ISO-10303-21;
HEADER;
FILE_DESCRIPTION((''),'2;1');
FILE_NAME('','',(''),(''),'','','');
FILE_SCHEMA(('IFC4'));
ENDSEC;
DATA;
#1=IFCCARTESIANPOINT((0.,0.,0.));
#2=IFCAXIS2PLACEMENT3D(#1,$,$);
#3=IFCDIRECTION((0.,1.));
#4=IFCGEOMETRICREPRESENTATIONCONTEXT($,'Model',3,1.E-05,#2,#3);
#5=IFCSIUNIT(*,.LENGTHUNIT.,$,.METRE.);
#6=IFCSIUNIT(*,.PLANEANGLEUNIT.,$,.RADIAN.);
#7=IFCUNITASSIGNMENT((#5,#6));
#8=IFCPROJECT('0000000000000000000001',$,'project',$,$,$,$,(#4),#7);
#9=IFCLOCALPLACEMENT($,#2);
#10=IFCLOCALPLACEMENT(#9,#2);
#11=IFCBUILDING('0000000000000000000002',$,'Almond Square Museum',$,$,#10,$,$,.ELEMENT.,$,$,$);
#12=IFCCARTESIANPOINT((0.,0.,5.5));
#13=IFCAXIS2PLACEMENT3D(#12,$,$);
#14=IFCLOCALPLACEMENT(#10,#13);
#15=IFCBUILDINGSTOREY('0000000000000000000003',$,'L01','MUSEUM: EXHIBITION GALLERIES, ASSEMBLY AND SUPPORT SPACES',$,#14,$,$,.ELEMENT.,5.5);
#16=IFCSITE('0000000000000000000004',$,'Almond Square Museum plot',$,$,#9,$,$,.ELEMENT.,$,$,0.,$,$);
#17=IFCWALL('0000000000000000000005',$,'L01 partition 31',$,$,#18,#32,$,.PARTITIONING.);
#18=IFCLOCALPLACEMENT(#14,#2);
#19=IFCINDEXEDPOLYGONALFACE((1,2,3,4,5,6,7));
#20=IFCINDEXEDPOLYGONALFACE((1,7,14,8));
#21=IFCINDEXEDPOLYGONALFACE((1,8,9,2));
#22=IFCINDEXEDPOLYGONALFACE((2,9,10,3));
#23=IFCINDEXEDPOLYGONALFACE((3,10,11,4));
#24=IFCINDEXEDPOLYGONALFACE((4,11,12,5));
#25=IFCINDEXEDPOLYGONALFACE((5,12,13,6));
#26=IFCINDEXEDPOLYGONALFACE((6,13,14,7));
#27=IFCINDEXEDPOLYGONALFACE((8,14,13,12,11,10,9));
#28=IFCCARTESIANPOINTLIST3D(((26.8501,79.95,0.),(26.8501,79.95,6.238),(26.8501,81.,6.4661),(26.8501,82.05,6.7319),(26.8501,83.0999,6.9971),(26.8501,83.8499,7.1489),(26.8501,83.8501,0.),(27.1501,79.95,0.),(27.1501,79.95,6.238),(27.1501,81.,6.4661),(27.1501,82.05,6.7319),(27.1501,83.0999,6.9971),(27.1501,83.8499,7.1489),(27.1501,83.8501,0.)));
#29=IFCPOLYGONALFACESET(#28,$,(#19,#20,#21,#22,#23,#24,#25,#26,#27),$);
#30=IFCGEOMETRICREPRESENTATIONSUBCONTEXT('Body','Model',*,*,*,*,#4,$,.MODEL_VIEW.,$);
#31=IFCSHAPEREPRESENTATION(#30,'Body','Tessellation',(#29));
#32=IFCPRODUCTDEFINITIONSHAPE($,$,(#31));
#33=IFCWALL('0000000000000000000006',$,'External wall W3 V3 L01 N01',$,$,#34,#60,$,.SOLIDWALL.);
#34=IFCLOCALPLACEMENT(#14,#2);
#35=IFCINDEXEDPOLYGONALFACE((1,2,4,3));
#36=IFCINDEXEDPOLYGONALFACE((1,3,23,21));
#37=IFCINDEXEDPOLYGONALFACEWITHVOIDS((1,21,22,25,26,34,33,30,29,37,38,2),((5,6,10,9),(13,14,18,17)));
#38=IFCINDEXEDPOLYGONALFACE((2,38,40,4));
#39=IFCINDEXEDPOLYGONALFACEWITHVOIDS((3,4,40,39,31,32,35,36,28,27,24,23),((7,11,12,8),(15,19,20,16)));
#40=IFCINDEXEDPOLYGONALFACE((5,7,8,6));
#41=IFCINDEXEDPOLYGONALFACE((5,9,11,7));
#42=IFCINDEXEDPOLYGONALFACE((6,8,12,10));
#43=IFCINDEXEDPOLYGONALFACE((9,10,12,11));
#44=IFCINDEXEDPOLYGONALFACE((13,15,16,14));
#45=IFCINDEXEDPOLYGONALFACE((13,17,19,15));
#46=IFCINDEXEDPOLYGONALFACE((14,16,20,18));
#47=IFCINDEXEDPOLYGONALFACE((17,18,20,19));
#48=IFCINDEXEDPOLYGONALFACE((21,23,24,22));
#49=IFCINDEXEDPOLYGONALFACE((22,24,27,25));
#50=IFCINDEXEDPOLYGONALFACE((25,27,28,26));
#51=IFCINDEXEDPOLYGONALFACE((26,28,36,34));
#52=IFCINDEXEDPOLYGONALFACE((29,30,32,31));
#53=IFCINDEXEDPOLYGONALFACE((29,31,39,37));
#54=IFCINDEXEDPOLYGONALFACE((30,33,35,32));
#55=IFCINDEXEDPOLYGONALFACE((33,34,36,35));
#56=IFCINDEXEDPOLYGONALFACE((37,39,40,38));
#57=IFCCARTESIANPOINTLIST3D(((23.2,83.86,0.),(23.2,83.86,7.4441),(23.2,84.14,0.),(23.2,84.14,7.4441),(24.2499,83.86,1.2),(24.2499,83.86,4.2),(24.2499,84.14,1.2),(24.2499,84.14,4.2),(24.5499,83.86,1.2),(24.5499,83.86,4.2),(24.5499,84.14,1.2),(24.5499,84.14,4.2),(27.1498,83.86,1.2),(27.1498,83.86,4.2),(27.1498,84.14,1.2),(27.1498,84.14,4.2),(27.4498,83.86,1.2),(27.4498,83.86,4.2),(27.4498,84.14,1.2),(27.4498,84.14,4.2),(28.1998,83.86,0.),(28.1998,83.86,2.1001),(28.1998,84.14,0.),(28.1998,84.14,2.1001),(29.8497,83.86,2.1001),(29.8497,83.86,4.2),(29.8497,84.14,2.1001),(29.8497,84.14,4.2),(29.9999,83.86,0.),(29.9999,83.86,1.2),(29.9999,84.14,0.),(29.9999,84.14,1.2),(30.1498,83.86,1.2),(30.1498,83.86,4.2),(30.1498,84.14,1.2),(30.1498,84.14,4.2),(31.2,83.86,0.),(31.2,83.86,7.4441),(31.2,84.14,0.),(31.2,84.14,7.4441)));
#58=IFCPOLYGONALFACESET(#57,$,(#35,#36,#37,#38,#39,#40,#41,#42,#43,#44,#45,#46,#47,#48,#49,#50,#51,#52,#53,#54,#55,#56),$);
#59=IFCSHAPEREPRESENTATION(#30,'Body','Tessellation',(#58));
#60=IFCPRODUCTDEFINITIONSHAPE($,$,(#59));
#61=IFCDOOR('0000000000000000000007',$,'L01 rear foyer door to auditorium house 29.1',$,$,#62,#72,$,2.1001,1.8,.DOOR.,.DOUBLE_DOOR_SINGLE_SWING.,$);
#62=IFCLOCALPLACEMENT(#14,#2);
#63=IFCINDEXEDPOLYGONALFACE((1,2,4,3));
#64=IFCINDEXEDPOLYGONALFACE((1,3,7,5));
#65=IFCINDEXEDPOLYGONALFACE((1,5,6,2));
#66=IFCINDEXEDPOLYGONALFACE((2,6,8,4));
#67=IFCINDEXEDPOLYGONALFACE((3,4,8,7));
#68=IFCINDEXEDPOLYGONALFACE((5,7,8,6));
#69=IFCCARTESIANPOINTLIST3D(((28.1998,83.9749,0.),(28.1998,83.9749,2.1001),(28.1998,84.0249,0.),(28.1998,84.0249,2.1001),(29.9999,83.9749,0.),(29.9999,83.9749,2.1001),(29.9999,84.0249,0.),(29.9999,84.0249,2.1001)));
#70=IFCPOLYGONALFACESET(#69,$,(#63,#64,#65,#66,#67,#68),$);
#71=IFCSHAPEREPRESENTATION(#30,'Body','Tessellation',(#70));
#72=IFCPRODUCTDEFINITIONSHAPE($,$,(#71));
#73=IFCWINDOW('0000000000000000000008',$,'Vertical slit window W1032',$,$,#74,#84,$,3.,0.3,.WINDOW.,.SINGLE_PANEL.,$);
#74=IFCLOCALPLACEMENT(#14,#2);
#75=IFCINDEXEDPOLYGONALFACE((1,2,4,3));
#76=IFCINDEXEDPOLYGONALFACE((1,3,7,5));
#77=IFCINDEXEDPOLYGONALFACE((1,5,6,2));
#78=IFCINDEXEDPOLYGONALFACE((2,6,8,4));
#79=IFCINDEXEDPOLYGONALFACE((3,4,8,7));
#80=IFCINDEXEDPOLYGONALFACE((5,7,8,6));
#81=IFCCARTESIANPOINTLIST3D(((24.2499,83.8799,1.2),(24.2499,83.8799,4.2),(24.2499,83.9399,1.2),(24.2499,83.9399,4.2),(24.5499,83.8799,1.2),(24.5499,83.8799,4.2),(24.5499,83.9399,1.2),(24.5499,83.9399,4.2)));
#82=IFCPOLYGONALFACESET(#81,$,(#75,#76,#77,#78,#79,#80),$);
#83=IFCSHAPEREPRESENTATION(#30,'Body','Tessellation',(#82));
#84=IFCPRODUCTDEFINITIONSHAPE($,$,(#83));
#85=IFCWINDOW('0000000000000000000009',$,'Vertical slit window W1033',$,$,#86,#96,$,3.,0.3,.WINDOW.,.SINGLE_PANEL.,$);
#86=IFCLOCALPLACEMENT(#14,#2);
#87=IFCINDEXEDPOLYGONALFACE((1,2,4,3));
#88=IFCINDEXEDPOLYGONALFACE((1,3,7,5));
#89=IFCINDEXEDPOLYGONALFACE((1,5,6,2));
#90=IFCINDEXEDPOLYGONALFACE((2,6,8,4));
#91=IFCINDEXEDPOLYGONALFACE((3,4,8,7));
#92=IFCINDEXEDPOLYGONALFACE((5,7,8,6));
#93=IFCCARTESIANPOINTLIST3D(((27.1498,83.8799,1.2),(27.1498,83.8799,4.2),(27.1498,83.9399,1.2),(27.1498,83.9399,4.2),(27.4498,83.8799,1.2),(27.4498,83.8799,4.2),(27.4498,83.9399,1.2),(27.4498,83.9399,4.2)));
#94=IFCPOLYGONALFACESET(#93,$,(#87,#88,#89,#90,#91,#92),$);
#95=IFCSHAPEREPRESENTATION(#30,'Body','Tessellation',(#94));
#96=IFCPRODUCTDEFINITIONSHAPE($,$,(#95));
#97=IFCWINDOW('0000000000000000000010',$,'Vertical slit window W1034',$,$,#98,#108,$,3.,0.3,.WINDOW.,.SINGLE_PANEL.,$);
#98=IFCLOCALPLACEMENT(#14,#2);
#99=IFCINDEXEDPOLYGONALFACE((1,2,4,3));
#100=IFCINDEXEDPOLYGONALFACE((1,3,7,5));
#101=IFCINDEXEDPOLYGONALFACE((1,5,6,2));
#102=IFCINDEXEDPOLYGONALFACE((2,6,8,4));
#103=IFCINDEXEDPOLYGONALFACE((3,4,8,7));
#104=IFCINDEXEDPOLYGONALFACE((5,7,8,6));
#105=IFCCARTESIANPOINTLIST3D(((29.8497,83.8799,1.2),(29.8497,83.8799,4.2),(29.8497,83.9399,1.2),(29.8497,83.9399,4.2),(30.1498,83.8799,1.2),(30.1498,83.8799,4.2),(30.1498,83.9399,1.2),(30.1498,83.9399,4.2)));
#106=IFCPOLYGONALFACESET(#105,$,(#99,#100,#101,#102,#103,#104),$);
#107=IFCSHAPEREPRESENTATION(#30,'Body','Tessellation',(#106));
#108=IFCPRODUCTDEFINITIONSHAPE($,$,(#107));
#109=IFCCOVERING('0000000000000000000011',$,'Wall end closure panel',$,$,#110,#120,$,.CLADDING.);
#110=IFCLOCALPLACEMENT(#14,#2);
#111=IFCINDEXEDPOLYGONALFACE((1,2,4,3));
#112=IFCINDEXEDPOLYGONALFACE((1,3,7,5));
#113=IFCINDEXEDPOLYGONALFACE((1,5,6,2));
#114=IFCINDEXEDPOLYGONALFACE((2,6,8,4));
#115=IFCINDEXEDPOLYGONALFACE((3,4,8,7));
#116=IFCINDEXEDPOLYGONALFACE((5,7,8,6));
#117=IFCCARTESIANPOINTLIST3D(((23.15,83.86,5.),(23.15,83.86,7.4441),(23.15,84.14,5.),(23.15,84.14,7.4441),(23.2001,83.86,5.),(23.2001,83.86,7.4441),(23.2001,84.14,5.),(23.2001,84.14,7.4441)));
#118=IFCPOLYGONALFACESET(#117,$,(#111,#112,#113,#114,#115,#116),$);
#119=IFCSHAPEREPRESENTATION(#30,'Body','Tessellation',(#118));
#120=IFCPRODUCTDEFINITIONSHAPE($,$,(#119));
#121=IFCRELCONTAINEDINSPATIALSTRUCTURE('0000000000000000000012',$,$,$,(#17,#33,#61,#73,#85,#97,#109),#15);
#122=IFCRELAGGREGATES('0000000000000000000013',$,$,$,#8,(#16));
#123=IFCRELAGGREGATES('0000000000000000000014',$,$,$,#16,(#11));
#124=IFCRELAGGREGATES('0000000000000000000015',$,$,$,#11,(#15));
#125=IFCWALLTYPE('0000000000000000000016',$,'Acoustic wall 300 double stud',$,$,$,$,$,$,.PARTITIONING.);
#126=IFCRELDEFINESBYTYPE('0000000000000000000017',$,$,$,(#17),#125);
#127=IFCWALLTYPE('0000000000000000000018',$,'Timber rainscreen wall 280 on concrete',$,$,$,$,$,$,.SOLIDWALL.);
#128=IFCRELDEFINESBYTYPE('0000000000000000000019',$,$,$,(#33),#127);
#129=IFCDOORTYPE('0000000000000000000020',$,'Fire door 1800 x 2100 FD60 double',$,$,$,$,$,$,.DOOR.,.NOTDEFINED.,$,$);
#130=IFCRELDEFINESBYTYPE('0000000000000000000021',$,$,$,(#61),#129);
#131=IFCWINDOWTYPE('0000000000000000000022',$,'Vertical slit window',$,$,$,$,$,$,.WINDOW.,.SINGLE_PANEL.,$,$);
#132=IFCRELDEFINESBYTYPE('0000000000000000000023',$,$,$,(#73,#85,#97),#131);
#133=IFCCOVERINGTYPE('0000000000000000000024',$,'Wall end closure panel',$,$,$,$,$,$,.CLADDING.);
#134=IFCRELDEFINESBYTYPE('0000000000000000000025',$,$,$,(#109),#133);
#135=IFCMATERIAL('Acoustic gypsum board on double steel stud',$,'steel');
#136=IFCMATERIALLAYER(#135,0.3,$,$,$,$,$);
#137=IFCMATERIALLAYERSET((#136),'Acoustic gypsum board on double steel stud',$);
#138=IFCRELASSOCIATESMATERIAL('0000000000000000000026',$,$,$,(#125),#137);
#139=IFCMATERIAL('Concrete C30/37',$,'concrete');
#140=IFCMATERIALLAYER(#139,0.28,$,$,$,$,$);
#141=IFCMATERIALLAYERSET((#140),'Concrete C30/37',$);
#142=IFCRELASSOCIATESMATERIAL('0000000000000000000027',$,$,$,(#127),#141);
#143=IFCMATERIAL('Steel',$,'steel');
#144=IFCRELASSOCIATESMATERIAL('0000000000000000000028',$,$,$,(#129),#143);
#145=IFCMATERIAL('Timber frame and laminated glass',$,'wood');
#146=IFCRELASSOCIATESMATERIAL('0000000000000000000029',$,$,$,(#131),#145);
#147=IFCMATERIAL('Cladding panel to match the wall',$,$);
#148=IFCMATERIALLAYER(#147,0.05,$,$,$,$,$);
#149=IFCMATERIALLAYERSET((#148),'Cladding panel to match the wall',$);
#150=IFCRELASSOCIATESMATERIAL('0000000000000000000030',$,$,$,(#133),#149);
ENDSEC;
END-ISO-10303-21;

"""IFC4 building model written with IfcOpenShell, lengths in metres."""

from ifc_helpers import new_model, si_unit, direction, frame, frame_2d, origin, origin_2d, place, context, subcontext, project, spatial, polyline, rectangle, outline, extrude, material, layer, layer_set, type_object, element, fill, save


model = new_model("IFC4")

# Units and contexts
model_context = context("Model", 3, precision=1e-05, world=origin(), true_north=direction((0.0, 1.0)))
body_context = subcontext(model_context, "Body", "Model", "MODEL_VIEW")
ifc_project = project(units=[si_unit("LENGTHUNIT", "METRE"), si_unit("PLANEANGLEUNIT", "RADIAN")], contexts=[model_context])

# Site, building, storey
site_placement = place(None, origin())
site = spatial("IfcSite", under=ifc_project, at=site_placement, Name="Almond Square Museum plot", CompositionType="ELEMENT", RefElevation=0.0)
building_placement = place(site_placement, origin())
building = spatial("IfcBuilding", under=site, at=building_placement, Name="Almond Square Museum", CompositionType="ELEMENT")
storey_placement = place(building_placement, frame((0.0, 0.0, 5.5)))
storey = spatial("IfcBuildingStorey", under=building, at=storey_placement, Name="L01", Description="MUSEUM: EXHIBITION GALLERIES, ASSEMBLY AND SUPPORT SPACES", CompositionType="ELEMENT", Elevation=5.5)

# Shared definitions
ifc_material_1 = material(Name="Acoustic gypsum board on double steel stud", Category="steel")
ifc_layer_1 = layer(ifc_material_1, 0.3)
ifc_layer_set_1 = layer_set([ifc_layer_1], Name="Acoustic gypsum board on double steel stud")
wall_type_1 = type_object("IfcWallType", Name="Acoustic wall 300 double stud", PredefinedType="PARTITIONING", material=ifc_layer_set_1)

# Wall
wall_1_placement = place(storey_placement, frame((27.0, 79.95, 0.0), z_axis=(0.0, 0.0, 1.0), x_axis=(0.0, 1.0, 0.0)))
element("IfcWall", 1, at=wall_1_placement, inside=storey, type_object=wall_type_1, Name="L01 partition 31", PredefinedType="PARTITIONING", context=body_context, shape_type="SweptSolid", body=[
    extrude(outline(polyline([(0.0, 0.0), (3.9001, 0.0), (3.8999, 7.1489), (3.1499, 6.9971), (2.1001, 6.7319), (1.05, 6.4661), (0.0, 6.238), (0.0, 0.0)])), frame((0.0, 0.1499, 0.0), z_axis=(0.0, -1.0, 0.0), x_axis=(1.0, 0.0, 0.0)), (0.0, 0.0, 1.0), 0.3),
])

# Wall, openings, door, windows
ifc_material_2 = material(Name="Concrete C30/37", Category="concrete")
ifc_layer_2 = layer(ifc_material_2, 0.28)
ifc_layer_set_2 = layer_set([ifc_layer_2], Name="Concrete C30/37")
wall_type_2 = type_object("IfcWallType", Name="Timber rainscreen wall 280 on concrete", PredefinedType="SOLIDWALL", material=ifc_layer_set_2)
wall_2_placement = place(storey_placement, frame((23.2, 84.0, 0.0), z_axis=(0.0, 0.0, 1.0), x_axis=(1.0, 0.0, 0.0)))
wall_2 = element("IfcWall", 2, at=wall_2_placement, inside=storey, type_object=wall_type_2, Name="External wall W3 V3 L01 N01", PredefinedType="SOLIDWALL", context=body_context, shape_type="SweptSolid", body=[
    extrude(rectangle(XDim=8.0, YDim=0.28, at=frame_2d((4.0, 0.0))), origin(), (0.0, 0.0, 1.0), 7.4441),
])
opening_1_placement = place(wall_2_placement, frame((1.05, 0.0, 1.2)))
opening_1 = element("IfcOpeningElement", 3, at=opening_1_placement, cuts=wall_2, PredefinedType="OPENING", context=body_context, shape_type="SweptSolid", body=[
    extrude(rectangle(XDim=0.3, YDim=3.0, at=frame_2d((0.1499, 1.5))), frame((0.0, 0.1499, 0.0), z_axis=(0.0, -1.0, 0.0), x_axis=(1.0, 0.0, 0.0)), (0.0, 0.0, 1.0), 0.3),
])
opening_2_placement = place(wall_2_placement, frame((3.95, 0.0, 1.2)))
opening_2 = element("IfcOpeningElement", 4, at=opening_2_placement, cuts=wall_2, PredefinedType="OPENING", context=body_context, shape_type="SweptSolid", body=[
    extrude(rectangle(XDim=0.3, YDim=3.0, at=frame_2d((0.1499, 1.5))), frame((0.0, 0.1499, 0.0), z_axis=(0.0, -1.0, 0.0), x_axis=(1.0, 0.0, 0.0)), (0.0, 0.0, 1.0), 0.3),
])
opening_3_placement = place(wall_2_placement, frame((6.6499, 0.0, 1.2)))
opening_3 = element("IfcOpeningElement", 5, at=opening_3_placement, cuts=wall_2, PredefinedType="OPENING", context=body_context, shape_type="SweptSolid", body=[
    extrude(rectangle(XDim=0.3, YDim=3.0, at=frame_2d((0.1499, 1.5))), frame((0.0, 0.1499, 0.0), z_axis=(0.0, -1.0, 0.0), x_axis=(1.0, 0.0, 0.0)), (0.0, 0.0, 1.0), 0.3),
])
opening_4_placement = place(wall_2_placement, frame((5.0, 0.0, 0.0)))
opening_4 = element("IfcOpeningElement", 6, at=opening_4_placement, cuts=wall_2, PredefinedType="OPENING", context=body_context, shape_type="SweptSolid", body=[
    extrude(rectangle(XDim=1.8, YDim=2.1001, at=frame_2d((0.8999, 1.05))), frame((0.0, 0.1499, 0.0), z_axis=(0.0, -1.0, 0.0), x_axis=(1.0, 0.0, 0.0)), (0.0, 0.0, 1.0), 0.3),
])
ifc_material_3 = material(Name="Steel", Category="steel")
door_type_1 = type_object("IfcDoorType", Name="Fire door 1800 x 2100 FD60 double", OperationType="NOTDEFINED", PredefinedType="DOOR", material=ifc_material_3)
door_1_placement = place(opening_4_placement, origin())
door_1 = element("IfcDoor", 7, at=door_1_placement, inside=storey, type_object=door_type_1, Name="L01 rear foyer door to auditorium house 29.1", OperationType="DOUBLE_DOOR_SINGLE_SWING", OverallHeight=2.1001, OverallWidth=1.8, PredefinedType="DOOR", context=body_context, shape_type="SweptSolid", body=[
    extrude(rectangle(XDim=1.8, YDim=2.1001, at=frame_2d((0.8999, 1.05))), frame((0.0, 0.0249, 0.0), z_axis=(0.0, -1.0, 0.0), x_axis=(1.0, 0.0, 0.0)), (0.0, 0.0, 1.0), 0.05),
])
fill(opening_4, door_1)
ifc_material_4 = material(Name="Timber frame and laminated glass", Category="wood")
window_type = type_object("IfcWindowType", Name="Vertical slit window", PartitioningType="SINGLE_PANEL", PredefinedType="WINDOW", material=ifc_material_4)
window_1_placement = place(opening_1_placement, origin())
window_1 = element("IfcWindow", 8, at=window_1_placement, inside=storey, type_object=window_type, Name="Vertical slit window W1032", OverallHeight=3.0, OverallWidth=0.3, PartitioningType="SINGLE_PANEL", PredefinedType="WINDOW", context=body_context, shape_type="SweptSolid", body=[
    extrude(rectangle(XDim=0.3, YDim=3.0, at=frame_2d((0.1499, 1.5))), frame((0.0, -0.0601, 0.0), z_axis=(0.0, -1.0, 0.0), x_axis=(1.0, 0.0, 0.0)), (0.0, 0.0, 1.0), 0.0601),
])
fill(opening_1, window_1)
window_2_placement = place(opening_2_placement, origin())
window_2 = element("IfcWindow", 9, at=window_2_placement, inside=storey, type_object=window_type, Name="Vertical slit window W1033", OverallHeight=3.0, OverallWidth=0.3, PartitioningType="SINGLE_PANEL", PredefinedType="WINDOW", context=body_context, shape_type="SweptSolid", body=[
    extrude(rectangle(XDim=0.3, YDim=3.0, at=frame_2d((0.1499, 1.5))), frame((0.0, -0.0601, 0.0), z_axis=(0.0, -1.0, 0.0), x_axis=(1.0, 0.0, 0.0)), (0.0, 0.0, 1.0), 0.0601),
])
fill(opening_2, window_2)
window_3_placement = place(opening_3_placement, origin())
window_3 = element("IfcWindow", 10, at=window_3_placement, inside=storey, type_object=window_type, Name="Vertical slit window W1034", OverallHeight=3.0, OverallWidth=0.3, PartitioningType="SINGLE_PANEL", PredefinedType="WINDOW", context=body_context, shape_type="SweptSolid", body=[
    extrude(rectangle(XDim=0.3, YDim=3.0, at=frame_2d((0.1499, 1.5))), frame((0.0, -0.0601, 0.0), z_axis=(0.0, -1.0, 0.0), x_axis=(1.0, 0.0, 0.0)), (0.0, 0.0, 1.0), 0.0601),
])
fill(opening_3, window_3)

# Covering
ifc_material_5 = material(Name="Cladding panel to match the wall")
ifc_layer_3 = layer(ifc_material_5, 0.05)
ifc_layer_set_3 = layer_set([ifc_layer_3], Name="Cladding panel to match the wall")
covering_type = type_object("IfcCoveringType", Name="Wall end closure panel", PredefinedType="CLADDING", material=ifc_layer_set_3)
covering_placement = place(storey_placement, frame((23.175, 84.0, 5.0), z_axis=(0.0, 0.0, 1.0), x_axis=(1.0, 0.0, 0.0)))
element("IfcCovering", 11, at=covering_placement, inside=storey, type_object=covering_type, Name="Wall end closure panel", PredefinedType="CLADDING", context=body_context, shape_type="SweptSolid", body=[
    extrude(rectangle(XDim=0.05, YDim=0.28, at=origin_2d()), origin(), (0.0, 0.0, 1.0), 2.4441),
])

save(model, "model.ifc")
